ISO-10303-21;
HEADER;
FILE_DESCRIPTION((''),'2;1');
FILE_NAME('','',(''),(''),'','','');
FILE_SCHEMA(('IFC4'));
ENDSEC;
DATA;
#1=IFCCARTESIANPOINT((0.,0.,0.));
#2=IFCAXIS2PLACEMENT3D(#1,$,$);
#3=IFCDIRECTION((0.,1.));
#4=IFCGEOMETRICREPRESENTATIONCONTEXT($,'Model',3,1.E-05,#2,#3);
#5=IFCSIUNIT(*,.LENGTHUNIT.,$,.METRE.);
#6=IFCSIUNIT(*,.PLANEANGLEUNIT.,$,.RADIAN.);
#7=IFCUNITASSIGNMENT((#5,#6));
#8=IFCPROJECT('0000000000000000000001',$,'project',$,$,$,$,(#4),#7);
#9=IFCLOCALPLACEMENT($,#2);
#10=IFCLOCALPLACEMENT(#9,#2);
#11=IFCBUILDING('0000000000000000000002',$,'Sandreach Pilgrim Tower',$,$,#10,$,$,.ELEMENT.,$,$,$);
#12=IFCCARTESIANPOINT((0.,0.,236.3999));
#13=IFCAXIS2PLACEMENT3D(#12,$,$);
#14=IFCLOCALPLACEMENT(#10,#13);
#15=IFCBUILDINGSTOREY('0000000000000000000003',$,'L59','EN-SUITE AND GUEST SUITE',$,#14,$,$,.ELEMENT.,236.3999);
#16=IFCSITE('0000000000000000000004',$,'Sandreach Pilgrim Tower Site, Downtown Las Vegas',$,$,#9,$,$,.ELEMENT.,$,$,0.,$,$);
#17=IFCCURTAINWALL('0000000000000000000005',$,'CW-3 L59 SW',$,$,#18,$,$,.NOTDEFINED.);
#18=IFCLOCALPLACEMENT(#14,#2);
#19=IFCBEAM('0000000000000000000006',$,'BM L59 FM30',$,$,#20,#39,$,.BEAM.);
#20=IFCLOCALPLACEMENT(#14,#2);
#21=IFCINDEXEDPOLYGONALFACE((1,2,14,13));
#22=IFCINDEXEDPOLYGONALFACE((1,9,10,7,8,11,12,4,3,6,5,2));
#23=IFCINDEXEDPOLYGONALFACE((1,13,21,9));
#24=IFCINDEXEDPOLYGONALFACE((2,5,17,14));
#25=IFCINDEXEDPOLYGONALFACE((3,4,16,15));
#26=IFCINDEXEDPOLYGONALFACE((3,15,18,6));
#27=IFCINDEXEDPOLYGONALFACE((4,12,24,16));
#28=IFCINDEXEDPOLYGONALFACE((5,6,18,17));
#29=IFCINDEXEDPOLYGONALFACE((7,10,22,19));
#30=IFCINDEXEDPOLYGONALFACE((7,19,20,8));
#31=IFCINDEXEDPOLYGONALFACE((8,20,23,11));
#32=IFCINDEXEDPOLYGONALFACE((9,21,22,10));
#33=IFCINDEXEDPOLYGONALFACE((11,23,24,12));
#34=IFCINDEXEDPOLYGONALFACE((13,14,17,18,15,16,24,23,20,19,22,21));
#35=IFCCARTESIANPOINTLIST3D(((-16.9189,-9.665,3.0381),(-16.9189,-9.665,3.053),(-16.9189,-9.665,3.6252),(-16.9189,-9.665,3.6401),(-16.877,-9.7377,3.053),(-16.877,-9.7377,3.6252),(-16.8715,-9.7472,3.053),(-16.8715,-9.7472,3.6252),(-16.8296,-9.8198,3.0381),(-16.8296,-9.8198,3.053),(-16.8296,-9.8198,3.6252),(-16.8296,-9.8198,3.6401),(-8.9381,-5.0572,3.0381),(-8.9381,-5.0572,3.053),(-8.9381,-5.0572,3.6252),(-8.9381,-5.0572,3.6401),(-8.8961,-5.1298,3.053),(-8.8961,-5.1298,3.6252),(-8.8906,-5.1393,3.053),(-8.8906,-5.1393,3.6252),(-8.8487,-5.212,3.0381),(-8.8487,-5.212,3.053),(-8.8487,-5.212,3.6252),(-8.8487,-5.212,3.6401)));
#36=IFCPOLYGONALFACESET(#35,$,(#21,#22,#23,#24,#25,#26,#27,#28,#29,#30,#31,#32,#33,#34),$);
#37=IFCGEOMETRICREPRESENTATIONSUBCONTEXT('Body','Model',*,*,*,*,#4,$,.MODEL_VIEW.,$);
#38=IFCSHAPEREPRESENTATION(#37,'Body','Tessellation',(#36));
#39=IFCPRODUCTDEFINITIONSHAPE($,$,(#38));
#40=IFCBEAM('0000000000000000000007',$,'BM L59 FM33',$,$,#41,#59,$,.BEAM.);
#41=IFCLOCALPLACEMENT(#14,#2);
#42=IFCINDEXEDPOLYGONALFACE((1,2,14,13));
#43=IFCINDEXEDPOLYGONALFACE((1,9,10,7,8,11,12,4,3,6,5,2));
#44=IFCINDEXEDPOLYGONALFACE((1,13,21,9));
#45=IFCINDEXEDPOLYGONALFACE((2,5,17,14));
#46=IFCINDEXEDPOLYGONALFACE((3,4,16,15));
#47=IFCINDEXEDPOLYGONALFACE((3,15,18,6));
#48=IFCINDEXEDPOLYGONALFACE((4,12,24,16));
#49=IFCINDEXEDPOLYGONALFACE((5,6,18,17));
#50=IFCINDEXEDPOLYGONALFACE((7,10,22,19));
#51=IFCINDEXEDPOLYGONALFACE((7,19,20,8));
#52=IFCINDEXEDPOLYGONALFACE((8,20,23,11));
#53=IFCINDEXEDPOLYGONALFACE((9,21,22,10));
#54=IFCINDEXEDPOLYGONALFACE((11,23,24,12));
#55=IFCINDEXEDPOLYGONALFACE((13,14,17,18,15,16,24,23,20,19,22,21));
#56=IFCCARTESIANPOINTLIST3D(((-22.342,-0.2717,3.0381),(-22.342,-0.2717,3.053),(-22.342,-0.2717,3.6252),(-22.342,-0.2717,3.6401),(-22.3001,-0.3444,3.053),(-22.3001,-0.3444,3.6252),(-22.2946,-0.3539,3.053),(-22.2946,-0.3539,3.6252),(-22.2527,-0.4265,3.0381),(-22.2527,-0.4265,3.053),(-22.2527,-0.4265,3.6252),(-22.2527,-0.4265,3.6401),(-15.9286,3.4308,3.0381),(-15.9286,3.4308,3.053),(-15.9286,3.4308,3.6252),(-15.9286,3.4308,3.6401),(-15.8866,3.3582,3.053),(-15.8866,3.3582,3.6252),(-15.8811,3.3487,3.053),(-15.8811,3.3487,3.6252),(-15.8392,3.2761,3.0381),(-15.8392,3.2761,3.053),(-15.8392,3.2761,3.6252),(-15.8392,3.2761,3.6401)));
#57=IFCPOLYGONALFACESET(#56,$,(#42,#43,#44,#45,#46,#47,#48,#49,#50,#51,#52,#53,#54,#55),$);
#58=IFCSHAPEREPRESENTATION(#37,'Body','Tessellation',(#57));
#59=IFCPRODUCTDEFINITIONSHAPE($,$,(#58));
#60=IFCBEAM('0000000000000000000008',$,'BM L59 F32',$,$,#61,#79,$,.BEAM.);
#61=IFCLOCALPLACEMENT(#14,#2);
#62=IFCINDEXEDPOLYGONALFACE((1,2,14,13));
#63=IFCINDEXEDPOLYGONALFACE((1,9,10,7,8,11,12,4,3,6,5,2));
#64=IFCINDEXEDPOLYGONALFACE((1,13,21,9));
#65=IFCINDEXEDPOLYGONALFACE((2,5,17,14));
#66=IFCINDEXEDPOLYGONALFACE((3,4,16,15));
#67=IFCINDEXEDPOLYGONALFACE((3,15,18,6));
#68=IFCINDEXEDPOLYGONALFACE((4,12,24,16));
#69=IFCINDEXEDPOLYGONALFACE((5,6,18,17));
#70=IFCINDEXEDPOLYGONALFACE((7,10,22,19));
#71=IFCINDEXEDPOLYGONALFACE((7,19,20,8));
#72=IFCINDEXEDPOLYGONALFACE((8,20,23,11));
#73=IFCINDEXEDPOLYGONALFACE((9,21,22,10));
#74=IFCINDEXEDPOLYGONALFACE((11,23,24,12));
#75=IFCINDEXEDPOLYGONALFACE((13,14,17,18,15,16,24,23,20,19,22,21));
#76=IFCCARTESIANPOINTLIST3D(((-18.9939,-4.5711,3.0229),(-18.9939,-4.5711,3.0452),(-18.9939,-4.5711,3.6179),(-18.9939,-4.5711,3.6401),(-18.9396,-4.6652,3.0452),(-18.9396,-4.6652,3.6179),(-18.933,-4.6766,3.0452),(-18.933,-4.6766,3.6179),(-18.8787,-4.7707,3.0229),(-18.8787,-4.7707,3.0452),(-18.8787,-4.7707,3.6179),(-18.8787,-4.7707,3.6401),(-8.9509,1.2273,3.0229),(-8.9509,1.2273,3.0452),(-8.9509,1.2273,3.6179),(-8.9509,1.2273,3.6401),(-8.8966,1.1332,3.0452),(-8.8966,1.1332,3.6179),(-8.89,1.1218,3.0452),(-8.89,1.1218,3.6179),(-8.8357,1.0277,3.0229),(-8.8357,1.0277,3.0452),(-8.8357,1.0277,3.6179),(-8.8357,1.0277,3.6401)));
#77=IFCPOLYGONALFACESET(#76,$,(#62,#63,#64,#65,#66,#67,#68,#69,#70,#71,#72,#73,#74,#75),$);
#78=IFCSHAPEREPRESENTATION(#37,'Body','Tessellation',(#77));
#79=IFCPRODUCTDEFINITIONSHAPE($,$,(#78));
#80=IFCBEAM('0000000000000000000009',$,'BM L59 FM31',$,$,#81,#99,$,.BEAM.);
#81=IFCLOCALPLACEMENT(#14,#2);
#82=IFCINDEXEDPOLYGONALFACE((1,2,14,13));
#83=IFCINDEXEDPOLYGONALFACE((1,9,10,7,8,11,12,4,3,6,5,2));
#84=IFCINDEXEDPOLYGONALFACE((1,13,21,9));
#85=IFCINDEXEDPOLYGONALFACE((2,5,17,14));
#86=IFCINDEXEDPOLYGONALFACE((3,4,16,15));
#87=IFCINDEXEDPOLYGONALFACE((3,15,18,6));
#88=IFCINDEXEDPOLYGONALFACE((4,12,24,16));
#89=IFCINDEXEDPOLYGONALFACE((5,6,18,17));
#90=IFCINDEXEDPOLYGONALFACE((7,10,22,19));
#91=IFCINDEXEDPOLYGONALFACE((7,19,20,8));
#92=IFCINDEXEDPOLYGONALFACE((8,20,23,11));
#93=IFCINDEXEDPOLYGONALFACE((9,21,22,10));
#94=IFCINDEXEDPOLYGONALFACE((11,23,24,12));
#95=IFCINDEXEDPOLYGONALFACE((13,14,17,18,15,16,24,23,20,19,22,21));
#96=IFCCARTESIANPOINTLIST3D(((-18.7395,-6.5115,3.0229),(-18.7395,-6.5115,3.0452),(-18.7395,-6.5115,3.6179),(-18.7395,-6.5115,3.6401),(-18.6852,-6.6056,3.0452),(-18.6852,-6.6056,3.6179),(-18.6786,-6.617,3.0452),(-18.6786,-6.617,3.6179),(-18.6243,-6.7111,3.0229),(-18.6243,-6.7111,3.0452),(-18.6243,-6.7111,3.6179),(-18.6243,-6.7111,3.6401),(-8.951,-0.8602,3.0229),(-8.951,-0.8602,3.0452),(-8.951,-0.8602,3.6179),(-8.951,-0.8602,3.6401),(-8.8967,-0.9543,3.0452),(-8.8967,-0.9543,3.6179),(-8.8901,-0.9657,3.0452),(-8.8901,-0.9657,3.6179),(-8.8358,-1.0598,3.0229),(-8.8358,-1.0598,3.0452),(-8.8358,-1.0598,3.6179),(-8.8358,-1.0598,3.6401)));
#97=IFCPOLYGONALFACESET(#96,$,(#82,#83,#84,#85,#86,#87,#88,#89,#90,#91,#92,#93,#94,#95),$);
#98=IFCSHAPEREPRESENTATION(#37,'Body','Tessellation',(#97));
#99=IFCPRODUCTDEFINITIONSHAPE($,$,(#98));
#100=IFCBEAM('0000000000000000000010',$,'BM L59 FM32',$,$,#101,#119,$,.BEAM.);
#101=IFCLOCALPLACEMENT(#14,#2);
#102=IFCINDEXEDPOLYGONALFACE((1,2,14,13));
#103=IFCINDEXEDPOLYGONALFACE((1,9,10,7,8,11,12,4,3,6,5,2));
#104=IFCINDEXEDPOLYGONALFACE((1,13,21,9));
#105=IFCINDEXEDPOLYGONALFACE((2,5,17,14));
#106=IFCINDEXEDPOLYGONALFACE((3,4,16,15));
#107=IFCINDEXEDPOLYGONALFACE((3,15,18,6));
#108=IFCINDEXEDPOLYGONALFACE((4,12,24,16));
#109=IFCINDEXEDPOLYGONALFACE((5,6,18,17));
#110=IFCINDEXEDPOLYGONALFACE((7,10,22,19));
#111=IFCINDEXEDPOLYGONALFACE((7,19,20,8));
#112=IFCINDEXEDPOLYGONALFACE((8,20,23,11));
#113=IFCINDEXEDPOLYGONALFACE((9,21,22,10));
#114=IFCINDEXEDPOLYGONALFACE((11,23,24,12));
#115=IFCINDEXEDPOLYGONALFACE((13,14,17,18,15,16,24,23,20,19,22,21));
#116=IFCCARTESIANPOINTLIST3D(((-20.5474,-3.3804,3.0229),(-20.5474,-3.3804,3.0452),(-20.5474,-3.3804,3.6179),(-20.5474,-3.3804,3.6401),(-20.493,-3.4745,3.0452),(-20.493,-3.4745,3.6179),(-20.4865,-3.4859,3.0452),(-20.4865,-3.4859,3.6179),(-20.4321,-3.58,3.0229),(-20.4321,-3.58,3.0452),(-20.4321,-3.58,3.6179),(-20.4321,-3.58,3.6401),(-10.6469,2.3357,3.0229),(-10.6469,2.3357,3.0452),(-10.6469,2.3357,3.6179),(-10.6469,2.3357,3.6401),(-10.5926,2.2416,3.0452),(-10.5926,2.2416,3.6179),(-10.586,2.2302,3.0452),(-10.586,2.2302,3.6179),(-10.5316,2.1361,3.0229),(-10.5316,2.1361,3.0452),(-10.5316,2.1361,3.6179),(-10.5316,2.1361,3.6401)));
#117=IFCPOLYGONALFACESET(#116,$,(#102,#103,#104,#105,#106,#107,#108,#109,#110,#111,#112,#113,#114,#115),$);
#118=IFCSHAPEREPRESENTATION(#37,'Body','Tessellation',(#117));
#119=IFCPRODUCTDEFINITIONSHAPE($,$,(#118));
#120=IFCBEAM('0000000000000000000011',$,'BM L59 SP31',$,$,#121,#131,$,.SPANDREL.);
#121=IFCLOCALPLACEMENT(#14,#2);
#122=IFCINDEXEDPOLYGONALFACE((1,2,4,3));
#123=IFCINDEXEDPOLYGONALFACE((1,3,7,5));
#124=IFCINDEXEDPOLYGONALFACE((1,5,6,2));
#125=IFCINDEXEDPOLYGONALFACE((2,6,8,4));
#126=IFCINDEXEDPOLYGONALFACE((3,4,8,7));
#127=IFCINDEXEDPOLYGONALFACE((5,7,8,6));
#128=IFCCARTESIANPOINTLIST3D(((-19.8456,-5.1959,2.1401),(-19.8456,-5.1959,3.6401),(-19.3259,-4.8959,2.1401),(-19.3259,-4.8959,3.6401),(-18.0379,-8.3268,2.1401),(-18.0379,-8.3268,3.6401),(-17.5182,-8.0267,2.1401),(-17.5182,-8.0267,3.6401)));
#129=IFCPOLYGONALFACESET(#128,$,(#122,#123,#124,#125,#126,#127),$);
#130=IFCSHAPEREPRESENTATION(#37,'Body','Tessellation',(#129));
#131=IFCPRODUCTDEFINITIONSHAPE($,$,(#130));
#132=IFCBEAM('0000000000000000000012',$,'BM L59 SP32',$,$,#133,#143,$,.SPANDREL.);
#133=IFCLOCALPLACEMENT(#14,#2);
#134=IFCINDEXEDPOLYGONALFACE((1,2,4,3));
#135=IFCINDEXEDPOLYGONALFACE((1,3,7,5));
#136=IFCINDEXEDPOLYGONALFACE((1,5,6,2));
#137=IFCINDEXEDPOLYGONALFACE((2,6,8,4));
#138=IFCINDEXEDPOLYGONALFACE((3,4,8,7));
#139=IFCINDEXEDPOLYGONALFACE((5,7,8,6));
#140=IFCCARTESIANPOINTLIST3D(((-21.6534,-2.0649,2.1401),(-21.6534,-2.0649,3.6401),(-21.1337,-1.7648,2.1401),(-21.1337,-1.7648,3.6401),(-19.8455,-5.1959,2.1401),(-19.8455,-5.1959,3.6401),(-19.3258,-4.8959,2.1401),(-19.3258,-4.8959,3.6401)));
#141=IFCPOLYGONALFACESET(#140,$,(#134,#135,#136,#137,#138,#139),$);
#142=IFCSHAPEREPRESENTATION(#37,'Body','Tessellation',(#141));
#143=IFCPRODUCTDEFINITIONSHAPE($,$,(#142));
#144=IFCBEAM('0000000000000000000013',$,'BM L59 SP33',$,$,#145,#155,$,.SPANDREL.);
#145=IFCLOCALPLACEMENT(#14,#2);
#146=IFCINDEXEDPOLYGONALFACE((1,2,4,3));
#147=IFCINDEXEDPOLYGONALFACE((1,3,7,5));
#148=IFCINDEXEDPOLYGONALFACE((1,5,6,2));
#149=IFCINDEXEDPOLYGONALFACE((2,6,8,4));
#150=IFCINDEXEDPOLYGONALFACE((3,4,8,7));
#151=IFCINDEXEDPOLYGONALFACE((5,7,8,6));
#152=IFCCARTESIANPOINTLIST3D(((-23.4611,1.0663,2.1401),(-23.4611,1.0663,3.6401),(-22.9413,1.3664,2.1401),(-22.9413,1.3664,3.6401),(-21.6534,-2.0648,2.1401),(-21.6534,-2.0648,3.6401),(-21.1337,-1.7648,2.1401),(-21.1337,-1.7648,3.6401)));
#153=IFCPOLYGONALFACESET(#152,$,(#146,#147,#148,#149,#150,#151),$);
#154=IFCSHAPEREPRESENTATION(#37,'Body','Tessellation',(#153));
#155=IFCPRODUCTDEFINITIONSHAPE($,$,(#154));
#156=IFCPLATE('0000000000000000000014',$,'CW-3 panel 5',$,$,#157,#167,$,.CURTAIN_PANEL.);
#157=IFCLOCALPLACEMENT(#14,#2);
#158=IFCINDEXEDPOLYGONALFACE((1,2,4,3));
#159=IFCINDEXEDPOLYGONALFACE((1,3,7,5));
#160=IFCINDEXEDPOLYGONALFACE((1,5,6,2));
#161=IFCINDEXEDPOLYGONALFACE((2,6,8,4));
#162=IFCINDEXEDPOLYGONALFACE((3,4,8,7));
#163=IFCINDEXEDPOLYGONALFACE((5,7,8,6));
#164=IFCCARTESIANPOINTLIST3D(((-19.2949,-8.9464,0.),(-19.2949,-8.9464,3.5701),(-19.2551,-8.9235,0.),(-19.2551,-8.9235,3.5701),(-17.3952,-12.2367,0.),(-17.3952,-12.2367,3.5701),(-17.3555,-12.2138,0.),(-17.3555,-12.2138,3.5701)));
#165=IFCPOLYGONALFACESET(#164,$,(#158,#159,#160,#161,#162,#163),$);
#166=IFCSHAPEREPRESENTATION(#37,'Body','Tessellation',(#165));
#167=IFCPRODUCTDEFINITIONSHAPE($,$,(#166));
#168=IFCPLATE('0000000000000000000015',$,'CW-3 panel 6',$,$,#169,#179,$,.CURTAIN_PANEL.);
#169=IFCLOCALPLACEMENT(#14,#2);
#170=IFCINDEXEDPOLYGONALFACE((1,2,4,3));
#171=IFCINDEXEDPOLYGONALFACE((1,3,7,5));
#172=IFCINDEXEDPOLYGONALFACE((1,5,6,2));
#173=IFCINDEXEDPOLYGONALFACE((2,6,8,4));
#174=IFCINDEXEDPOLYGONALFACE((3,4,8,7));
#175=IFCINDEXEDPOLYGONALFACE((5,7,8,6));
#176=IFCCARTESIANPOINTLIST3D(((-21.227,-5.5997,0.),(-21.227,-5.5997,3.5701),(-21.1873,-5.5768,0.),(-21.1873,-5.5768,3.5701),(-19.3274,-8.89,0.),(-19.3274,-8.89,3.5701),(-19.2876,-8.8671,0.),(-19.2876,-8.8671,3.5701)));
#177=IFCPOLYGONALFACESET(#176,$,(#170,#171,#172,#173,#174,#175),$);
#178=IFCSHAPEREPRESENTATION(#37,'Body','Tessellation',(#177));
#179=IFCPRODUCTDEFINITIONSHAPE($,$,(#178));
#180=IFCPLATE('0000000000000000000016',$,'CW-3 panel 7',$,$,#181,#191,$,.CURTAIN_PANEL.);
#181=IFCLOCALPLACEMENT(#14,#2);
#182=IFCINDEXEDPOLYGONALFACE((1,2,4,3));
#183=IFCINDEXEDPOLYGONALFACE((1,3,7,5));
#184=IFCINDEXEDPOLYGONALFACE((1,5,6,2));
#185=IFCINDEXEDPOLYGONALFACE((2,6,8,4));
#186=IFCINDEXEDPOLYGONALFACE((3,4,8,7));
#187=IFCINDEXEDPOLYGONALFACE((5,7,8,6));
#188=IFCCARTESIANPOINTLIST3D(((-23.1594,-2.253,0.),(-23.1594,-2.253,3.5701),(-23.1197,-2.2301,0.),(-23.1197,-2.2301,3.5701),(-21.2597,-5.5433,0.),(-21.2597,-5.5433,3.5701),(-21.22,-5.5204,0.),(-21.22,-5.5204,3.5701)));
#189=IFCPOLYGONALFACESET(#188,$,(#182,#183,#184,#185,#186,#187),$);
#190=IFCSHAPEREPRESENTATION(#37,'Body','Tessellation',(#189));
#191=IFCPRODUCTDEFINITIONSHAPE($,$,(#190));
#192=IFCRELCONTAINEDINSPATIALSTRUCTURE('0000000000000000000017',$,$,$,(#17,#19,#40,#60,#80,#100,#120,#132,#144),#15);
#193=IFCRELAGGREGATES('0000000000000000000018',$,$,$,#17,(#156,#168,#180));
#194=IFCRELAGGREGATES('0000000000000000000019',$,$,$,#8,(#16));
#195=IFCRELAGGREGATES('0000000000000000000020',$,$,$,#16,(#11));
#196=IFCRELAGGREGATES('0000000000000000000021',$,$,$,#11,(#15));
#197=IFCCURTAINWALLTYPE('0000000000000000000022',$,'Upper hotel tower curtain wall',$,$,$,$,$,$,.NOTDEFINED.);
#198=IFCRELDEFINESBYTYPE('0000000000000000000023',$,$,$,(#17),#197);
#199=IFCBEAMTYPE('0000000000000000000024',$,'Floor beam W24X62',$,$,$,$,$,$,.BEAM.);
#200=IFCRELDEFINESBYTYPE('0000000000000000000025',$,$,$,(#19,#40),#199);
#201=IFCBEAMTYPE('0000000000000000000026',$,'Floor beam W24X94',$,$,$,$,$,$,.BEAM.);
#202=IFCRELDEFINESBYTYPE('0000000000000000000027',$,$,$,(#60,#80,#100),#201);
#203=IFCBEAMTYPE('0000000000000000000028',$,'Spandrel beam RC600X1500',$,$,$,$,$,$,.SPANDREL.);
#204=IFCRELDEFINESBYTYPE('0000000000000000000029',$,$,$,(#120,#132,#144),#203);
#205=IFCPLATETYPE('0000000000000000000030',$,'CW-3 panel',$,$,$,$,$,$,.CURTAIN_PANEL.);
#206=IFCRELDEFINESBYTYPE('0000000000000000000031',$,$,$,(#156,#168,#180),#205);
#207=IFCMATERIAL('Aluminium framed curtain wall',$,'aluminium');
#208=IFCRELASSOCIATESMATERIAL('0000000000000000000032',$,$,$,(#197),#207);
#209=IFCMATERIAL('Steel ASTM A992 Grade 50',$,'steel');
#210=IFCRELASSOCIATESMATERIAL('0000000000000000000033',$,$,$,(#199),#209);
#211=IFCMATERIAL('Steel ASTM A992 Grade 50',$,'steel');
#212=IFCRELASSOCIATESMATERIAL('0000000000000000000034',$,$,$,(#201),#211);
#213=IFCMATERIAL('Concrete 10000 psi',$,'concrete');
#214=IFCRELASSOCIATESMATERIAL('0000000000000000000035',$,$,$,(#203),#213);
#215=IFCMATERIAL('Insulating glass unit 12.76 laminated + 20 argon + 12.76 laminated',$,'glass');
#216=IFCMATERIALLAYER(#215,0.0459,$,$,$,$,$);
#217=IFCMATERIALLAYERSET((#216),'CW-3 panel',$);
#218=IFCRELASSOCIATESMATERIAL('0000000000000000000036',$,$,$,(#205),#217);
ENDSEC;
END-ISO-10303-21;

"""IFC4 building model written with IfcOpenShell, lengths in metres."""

from ifc_helpers import new_model, si_unit, direction, frame, origin, origin_2d, place, context, subcontext, project, spatial, rectangle, i_section, extrude, material, layer, layer_set, material_profile, profile_set, type_object, element, aggregate, save


model = new_model("IFC4")

# Units and contexts
model_context = context("Model", 3, precision=1e-05, world=origin(), true_north=direction((0.0, 1.0)))
body_context = subcontext(model_context, "Body", "Model", "MODEL_VIEW")
ifc_project = project(units=[si_unit("LENGTHUNIT", "METRE"), si_unit("PLANEANGLEUNIT", "RADIAN")], contexts=[model_context])

# Site, building, storey
site_placement = place(None, origin())
site = spatial("IfcSite", under=ifc_project, at=site_placement, Name="Sandreach Pilgrim Tower Site, Downtown Las Vegas", CompositionType="ELEMENT", RefElevation=0.0)
building_placement = place(site_placement, origin())
building = spatial("IfcBuilding", under=site, at=building_placement, Name="Sandreach Pilgrim Tower", CompositionType="ELEMENT")
storey_placement = place(building_placement, frame((0.0, 0.0, 236.3999)))
storey = spatial("IfcBuildingStorey", under=building, at=storey_placement, Name="L59", Description="EN-SUITE AND GUEST SUITE", CompositionType="ELEMENT", Elevation=236.3999)

# Curtain wall
ifc_material_1 = material(Name="Aluminium framed curtain wall", Category="aluminium")
curtain_wall_type = type_object("IfcCurtainWallType", Name="Upper hotel tower curtain wall", PredefinedType="NOTDEFINED", material=ifc_material_1)
curtain_wall_placement = place(storey_placement, origin())
curtain_wall = element("IfcCurtainWall", 1, at=curtain_wall_placement, inside=storey, type_object=curtain_wall_type, Name="CW-3 L59 SW", PredefinedType="NOTDEFINED")

# Beams
ifc_material_2 = material(Name="Steel ASTM A992 Grade 50", Category="steel")
ifc_material_profile_1 = material_profile(ifc_material_2, i_section(OverallWidth=0.1787, OverallDepth=0.6021, WebThickness=0.011, FlangeThickness=0.0149, at=origin_2d()), Name="W24X62")
ifc_profile_set_1 = profile_set([ifc_material_profile_1], Name="Steel ASTM A992 Grade 50")
beam_type_1 = type_object("IfcBeamType", Name="Floor beam W24X62", PredefinedType="BEAM", material=ifc_profile_set_1)
beam_1_placement = place(storey_placement, frame((-16.8743, -9.7424, 3.3391), z_axis=(0.866021, 0.500008, 0.0), x_axis=(-0.500008, 0.866021, 0.0)))
element("IfcBeam", 2, at=beam_1_placement, inside=storey, type_object=beam_type_1, Name="BM L59 FM30", PredefinedType="BEAM", context=body_context, shape_type="SweptSolid", body=[
    extrude(i_section(OverallWidth=0.1787, OverallDepth=0.6021, WebThickness=0.011, FlangeThickness=0.0149, at=origin_2d()), origin(), (0.0, 0.0, 1.0), 9.2156),
])
beam_2_placement = place(storey_placement, frame((-22.2974, -0.3491, 3.3391), z_axis=(0.86604, 0.499975, 0.0), x_axis=(-0.499975, 0.86604, 0.0)))
element("IfcBeam", 3, at=beam_2_placement, inside=storey, type_object=beam_type_1, Name="BM L59 FM33", PredefinedType="BEAM", context=body_context, shape_type="SweptSolid", body=[
    extrude(i_section(OverallWidth=0.1787, OverallDepth=0.6021, WebThickness=0.011, FlangeThickness=0.0149, at=origin_2d()), origin(), (0.0, 0.0, 1.0), 7.4055),
])
ifc_material_3 = material(Name="Steel ASTM A992 Grade 50", Category="steel")
ifc_material_profile_2 = material_profile(ifc_material_3, i_section(OverallWidth=0.2305, OverallDepth=0.6172, WebThickness=0.0132, FlangeThickness=0.0222, at=origin_2d()), Name="W24X94")
ifc_profile_set_2 = profile_set([ifc_material_profile_2], Name="Steel ASTM A992 Grade 50")
beam_type_2 = type_object("IfcBeamType", Name="Floor beam W24X94", PredefinedType="BEAM", material=ifc_profile_set_2)
beam_3_placement = place(storey_placement, frame((-18.9363, -4.6709, 3.3315), z_axis=(0.866024, 0.500002, 0.0), x_axis=(-0.500002, 0.866024, 0.0)))
element("IfcBeam", 4, at=beam_3_placement, inside=storey, type_object=beam_type_2, Name="BM L59 F32", PredefinedType="BEAM", context=body_context, shape_type="SweptSolid", body=[
    extrude(i_section(OverallWidth=0.2305, OverallDepth=0.6172, WebThickness=0.0132, FlangeThickness=0.0222, at=origin_2d()), origin(), (0.0, 0.0, 1.0), 11.5967),
])
beam_4_placement = place(storey_placement, frame((-18.6819, -6.6113, 3.3315), z_axis=(0.866028, 0.499995, 0.0), x_axis=(-0.499995, 0.866028, 0.0)))
element("IfcBeam", 5, at=beam_4_placement, inside=storey, type_object=beam_type_2, Name="BM L59 FM31", PredefinedType="BEAM", context=body_context, shape_type="SweptSolid", body=[
    extrude(i_section(OverallWidth=0.2305, OverallDepth=0.6172, WebThickness=0.0132, FlangeThickness=0.0222, at=origin_2d()), origin(), (0.0, 0.0, 1.0), 11.3027),
])
beam_5_placement = place(storey_placement, frame((-20.4897, -3.4802, 3.3315), z_axis=(0.866023, 0.500005, 0.0), x_axis=(-0.500005, 0.866023, 0.0)))
element("IfcBeam", 6, at=beam_5_placement, inside=storey, type_object=beam_type_2, Name="BM L59 FM32", PredefinedType="BEAM", context=body_context, shape_type="SweptSolid", body=[
    extrude(i_section(OverallWidth=0.2305, OverallDepth=0.6172, WebThickness=0.0132, FlangeThickness=0.0222, at=origin_2d()), origin(), (0.0, 0.0, 1.0), 11.4321),
])
ifc_material_4 = material(Name="Concrete 10000 psi", Category="concrete")
ifc_material_profile_3 = material_profile(ifc_material_4, rectangle(XDim=0.6001, YDim=1.5, at=origin_2d()), Name="RC600X1500")
ifc_profile_set_3 = profile_set([ifc_material_profile_3], Name="Concrete 10000 psi")
beam_type_3 = type_object("IfcBeamType", Name="Spandrel beam RC600X1500", PredefinedType="SPANDREL", material=ifc_profile_set_3)
beam_6_placement = place(storey_placement, frame((-17.7781, -8.1768, 2.8901), z_axis=(-0.500003, 0.866024, 0.0), x_axis=(-0.866024, -0.500003, 0.0)))
element("IfcBeam", 7, at=beam_6_placement, inside=storey, type_object=beam_type_3, Name="BM L59 SP31", PredefinedType="SPANDREL", context=body_context, shape_type="SweptSolid", body=[
    extrude(rectangle(XDim=0.6001, YDim=1.5, at=origin_2d()), origin(), (0.0, 0.0, 1.0), 3.6152),
])
for number, where, z_axis, x_axis, name in (
    (8, (-19.5857, -5.0459, 2.8901), (-0.500024, 0.866011, 0.0), (-0.866011, -0.500024, 0.0), "BM L59 SP32"),
    (9, (-21.3936, -1.9148, 2.8901), (-0.499974, 0.866041, 0.0), (-0.866041, -0.499974, 0.0), "BM L59 SP33"),
):
    element("IfcBeam", number, at=place(storey_placement, frame(where, z_axis=z_axis, x_axis=x_axis)), inside=storey, type_object=beam_type_3, Name=name, PredefinedType="SPANDREL", context=body_context, shape_type="SweptSolid", body=[
        extrude(rectangle(XDim=0.6001, YDim=1.5, at=origin_2d()), origin(), (0.0, 0.0, 1.0), 3.6155),
    ])

# Plates
ifc_material_5 = material(Name="Insulating glass unit 12.76 laminated + 20 argon + 12.76 laminated", Category="glass")
ifc_layer_1 = layer(ifc_material_5, 0.0459)
ifc_layer_set_1 = layer_set([ifc_layer_1], Name="CW-3 panel")
plate_type = type_object("IfcPlateType", Name="CW-3 panel", PredefinedType="CURTAIN_PANEL", material=ifc_layer_set_1)
plate_1_placement = place(storey_placement, frame((-18.3252, -10.5801, 0.0), z_axis=(0.0, 0.0, 1.0), x_axis=(-0.5, 0.866025, 0.0)))
plate_1 = element("IfcPlate", 10, at=plate_1_placement, type_object=plate_type, Name="CW-3 panel 5", PredefinedType="CURTAIN_PANEL", context=body_context, shape_type="SweptSolid", body=[
    extrude(rectangle(XDim=3.7993, YDim=0.0459, at=origin_2d()), origin(), (0.0, 0.0, 1.0), 3.5701),
])
plate_2_placement = place(storey_placement, frame((-20.2573, -7.2334, 0.0), z_axis=(0.0, 0.0, 1.0), x_axis=(-0.5, 0.866025, 0.0)))
plate_2 = element("IfcPlate", 11, at=plate_2_placement, type_object=plate_type, Name="CW-3 panel 6", PredefinedType="CURTAIN_PANEL", context=body_context, shape_type="SweptSolid", body=[
    extrude(rectangle(XDim=3.7993, YDim=0.0459, at=origin_2d()), origin(), (0.0, 0.0, 1.0), 3.5701),
])
plate_3_placement = place(storey_placement, frame((-22.1897, -3.8867, 0.0), z_axis=(0.0, 0.0, 1.0), x_axis=(-0.5, 0.866025, 0.0)))
plate_3 = element("IfcPlate", 12, at=plate_3_placement, type_object=plate_type, Name="CW-3 panel 7", PredefinedType="CURTAIN_PANEL", context=body_context, shape_type="SweptSolid", body=[
    extrude(rectangle(XDim=3.7993, YDim=0.0459, at=origin_2d()), origin(), (0.0, 0.0, 1.0), 3.5701),
])
aggregate(curtain_wall, [plate_1, plate_2, plate_3])

save(model, "model.ifc")
